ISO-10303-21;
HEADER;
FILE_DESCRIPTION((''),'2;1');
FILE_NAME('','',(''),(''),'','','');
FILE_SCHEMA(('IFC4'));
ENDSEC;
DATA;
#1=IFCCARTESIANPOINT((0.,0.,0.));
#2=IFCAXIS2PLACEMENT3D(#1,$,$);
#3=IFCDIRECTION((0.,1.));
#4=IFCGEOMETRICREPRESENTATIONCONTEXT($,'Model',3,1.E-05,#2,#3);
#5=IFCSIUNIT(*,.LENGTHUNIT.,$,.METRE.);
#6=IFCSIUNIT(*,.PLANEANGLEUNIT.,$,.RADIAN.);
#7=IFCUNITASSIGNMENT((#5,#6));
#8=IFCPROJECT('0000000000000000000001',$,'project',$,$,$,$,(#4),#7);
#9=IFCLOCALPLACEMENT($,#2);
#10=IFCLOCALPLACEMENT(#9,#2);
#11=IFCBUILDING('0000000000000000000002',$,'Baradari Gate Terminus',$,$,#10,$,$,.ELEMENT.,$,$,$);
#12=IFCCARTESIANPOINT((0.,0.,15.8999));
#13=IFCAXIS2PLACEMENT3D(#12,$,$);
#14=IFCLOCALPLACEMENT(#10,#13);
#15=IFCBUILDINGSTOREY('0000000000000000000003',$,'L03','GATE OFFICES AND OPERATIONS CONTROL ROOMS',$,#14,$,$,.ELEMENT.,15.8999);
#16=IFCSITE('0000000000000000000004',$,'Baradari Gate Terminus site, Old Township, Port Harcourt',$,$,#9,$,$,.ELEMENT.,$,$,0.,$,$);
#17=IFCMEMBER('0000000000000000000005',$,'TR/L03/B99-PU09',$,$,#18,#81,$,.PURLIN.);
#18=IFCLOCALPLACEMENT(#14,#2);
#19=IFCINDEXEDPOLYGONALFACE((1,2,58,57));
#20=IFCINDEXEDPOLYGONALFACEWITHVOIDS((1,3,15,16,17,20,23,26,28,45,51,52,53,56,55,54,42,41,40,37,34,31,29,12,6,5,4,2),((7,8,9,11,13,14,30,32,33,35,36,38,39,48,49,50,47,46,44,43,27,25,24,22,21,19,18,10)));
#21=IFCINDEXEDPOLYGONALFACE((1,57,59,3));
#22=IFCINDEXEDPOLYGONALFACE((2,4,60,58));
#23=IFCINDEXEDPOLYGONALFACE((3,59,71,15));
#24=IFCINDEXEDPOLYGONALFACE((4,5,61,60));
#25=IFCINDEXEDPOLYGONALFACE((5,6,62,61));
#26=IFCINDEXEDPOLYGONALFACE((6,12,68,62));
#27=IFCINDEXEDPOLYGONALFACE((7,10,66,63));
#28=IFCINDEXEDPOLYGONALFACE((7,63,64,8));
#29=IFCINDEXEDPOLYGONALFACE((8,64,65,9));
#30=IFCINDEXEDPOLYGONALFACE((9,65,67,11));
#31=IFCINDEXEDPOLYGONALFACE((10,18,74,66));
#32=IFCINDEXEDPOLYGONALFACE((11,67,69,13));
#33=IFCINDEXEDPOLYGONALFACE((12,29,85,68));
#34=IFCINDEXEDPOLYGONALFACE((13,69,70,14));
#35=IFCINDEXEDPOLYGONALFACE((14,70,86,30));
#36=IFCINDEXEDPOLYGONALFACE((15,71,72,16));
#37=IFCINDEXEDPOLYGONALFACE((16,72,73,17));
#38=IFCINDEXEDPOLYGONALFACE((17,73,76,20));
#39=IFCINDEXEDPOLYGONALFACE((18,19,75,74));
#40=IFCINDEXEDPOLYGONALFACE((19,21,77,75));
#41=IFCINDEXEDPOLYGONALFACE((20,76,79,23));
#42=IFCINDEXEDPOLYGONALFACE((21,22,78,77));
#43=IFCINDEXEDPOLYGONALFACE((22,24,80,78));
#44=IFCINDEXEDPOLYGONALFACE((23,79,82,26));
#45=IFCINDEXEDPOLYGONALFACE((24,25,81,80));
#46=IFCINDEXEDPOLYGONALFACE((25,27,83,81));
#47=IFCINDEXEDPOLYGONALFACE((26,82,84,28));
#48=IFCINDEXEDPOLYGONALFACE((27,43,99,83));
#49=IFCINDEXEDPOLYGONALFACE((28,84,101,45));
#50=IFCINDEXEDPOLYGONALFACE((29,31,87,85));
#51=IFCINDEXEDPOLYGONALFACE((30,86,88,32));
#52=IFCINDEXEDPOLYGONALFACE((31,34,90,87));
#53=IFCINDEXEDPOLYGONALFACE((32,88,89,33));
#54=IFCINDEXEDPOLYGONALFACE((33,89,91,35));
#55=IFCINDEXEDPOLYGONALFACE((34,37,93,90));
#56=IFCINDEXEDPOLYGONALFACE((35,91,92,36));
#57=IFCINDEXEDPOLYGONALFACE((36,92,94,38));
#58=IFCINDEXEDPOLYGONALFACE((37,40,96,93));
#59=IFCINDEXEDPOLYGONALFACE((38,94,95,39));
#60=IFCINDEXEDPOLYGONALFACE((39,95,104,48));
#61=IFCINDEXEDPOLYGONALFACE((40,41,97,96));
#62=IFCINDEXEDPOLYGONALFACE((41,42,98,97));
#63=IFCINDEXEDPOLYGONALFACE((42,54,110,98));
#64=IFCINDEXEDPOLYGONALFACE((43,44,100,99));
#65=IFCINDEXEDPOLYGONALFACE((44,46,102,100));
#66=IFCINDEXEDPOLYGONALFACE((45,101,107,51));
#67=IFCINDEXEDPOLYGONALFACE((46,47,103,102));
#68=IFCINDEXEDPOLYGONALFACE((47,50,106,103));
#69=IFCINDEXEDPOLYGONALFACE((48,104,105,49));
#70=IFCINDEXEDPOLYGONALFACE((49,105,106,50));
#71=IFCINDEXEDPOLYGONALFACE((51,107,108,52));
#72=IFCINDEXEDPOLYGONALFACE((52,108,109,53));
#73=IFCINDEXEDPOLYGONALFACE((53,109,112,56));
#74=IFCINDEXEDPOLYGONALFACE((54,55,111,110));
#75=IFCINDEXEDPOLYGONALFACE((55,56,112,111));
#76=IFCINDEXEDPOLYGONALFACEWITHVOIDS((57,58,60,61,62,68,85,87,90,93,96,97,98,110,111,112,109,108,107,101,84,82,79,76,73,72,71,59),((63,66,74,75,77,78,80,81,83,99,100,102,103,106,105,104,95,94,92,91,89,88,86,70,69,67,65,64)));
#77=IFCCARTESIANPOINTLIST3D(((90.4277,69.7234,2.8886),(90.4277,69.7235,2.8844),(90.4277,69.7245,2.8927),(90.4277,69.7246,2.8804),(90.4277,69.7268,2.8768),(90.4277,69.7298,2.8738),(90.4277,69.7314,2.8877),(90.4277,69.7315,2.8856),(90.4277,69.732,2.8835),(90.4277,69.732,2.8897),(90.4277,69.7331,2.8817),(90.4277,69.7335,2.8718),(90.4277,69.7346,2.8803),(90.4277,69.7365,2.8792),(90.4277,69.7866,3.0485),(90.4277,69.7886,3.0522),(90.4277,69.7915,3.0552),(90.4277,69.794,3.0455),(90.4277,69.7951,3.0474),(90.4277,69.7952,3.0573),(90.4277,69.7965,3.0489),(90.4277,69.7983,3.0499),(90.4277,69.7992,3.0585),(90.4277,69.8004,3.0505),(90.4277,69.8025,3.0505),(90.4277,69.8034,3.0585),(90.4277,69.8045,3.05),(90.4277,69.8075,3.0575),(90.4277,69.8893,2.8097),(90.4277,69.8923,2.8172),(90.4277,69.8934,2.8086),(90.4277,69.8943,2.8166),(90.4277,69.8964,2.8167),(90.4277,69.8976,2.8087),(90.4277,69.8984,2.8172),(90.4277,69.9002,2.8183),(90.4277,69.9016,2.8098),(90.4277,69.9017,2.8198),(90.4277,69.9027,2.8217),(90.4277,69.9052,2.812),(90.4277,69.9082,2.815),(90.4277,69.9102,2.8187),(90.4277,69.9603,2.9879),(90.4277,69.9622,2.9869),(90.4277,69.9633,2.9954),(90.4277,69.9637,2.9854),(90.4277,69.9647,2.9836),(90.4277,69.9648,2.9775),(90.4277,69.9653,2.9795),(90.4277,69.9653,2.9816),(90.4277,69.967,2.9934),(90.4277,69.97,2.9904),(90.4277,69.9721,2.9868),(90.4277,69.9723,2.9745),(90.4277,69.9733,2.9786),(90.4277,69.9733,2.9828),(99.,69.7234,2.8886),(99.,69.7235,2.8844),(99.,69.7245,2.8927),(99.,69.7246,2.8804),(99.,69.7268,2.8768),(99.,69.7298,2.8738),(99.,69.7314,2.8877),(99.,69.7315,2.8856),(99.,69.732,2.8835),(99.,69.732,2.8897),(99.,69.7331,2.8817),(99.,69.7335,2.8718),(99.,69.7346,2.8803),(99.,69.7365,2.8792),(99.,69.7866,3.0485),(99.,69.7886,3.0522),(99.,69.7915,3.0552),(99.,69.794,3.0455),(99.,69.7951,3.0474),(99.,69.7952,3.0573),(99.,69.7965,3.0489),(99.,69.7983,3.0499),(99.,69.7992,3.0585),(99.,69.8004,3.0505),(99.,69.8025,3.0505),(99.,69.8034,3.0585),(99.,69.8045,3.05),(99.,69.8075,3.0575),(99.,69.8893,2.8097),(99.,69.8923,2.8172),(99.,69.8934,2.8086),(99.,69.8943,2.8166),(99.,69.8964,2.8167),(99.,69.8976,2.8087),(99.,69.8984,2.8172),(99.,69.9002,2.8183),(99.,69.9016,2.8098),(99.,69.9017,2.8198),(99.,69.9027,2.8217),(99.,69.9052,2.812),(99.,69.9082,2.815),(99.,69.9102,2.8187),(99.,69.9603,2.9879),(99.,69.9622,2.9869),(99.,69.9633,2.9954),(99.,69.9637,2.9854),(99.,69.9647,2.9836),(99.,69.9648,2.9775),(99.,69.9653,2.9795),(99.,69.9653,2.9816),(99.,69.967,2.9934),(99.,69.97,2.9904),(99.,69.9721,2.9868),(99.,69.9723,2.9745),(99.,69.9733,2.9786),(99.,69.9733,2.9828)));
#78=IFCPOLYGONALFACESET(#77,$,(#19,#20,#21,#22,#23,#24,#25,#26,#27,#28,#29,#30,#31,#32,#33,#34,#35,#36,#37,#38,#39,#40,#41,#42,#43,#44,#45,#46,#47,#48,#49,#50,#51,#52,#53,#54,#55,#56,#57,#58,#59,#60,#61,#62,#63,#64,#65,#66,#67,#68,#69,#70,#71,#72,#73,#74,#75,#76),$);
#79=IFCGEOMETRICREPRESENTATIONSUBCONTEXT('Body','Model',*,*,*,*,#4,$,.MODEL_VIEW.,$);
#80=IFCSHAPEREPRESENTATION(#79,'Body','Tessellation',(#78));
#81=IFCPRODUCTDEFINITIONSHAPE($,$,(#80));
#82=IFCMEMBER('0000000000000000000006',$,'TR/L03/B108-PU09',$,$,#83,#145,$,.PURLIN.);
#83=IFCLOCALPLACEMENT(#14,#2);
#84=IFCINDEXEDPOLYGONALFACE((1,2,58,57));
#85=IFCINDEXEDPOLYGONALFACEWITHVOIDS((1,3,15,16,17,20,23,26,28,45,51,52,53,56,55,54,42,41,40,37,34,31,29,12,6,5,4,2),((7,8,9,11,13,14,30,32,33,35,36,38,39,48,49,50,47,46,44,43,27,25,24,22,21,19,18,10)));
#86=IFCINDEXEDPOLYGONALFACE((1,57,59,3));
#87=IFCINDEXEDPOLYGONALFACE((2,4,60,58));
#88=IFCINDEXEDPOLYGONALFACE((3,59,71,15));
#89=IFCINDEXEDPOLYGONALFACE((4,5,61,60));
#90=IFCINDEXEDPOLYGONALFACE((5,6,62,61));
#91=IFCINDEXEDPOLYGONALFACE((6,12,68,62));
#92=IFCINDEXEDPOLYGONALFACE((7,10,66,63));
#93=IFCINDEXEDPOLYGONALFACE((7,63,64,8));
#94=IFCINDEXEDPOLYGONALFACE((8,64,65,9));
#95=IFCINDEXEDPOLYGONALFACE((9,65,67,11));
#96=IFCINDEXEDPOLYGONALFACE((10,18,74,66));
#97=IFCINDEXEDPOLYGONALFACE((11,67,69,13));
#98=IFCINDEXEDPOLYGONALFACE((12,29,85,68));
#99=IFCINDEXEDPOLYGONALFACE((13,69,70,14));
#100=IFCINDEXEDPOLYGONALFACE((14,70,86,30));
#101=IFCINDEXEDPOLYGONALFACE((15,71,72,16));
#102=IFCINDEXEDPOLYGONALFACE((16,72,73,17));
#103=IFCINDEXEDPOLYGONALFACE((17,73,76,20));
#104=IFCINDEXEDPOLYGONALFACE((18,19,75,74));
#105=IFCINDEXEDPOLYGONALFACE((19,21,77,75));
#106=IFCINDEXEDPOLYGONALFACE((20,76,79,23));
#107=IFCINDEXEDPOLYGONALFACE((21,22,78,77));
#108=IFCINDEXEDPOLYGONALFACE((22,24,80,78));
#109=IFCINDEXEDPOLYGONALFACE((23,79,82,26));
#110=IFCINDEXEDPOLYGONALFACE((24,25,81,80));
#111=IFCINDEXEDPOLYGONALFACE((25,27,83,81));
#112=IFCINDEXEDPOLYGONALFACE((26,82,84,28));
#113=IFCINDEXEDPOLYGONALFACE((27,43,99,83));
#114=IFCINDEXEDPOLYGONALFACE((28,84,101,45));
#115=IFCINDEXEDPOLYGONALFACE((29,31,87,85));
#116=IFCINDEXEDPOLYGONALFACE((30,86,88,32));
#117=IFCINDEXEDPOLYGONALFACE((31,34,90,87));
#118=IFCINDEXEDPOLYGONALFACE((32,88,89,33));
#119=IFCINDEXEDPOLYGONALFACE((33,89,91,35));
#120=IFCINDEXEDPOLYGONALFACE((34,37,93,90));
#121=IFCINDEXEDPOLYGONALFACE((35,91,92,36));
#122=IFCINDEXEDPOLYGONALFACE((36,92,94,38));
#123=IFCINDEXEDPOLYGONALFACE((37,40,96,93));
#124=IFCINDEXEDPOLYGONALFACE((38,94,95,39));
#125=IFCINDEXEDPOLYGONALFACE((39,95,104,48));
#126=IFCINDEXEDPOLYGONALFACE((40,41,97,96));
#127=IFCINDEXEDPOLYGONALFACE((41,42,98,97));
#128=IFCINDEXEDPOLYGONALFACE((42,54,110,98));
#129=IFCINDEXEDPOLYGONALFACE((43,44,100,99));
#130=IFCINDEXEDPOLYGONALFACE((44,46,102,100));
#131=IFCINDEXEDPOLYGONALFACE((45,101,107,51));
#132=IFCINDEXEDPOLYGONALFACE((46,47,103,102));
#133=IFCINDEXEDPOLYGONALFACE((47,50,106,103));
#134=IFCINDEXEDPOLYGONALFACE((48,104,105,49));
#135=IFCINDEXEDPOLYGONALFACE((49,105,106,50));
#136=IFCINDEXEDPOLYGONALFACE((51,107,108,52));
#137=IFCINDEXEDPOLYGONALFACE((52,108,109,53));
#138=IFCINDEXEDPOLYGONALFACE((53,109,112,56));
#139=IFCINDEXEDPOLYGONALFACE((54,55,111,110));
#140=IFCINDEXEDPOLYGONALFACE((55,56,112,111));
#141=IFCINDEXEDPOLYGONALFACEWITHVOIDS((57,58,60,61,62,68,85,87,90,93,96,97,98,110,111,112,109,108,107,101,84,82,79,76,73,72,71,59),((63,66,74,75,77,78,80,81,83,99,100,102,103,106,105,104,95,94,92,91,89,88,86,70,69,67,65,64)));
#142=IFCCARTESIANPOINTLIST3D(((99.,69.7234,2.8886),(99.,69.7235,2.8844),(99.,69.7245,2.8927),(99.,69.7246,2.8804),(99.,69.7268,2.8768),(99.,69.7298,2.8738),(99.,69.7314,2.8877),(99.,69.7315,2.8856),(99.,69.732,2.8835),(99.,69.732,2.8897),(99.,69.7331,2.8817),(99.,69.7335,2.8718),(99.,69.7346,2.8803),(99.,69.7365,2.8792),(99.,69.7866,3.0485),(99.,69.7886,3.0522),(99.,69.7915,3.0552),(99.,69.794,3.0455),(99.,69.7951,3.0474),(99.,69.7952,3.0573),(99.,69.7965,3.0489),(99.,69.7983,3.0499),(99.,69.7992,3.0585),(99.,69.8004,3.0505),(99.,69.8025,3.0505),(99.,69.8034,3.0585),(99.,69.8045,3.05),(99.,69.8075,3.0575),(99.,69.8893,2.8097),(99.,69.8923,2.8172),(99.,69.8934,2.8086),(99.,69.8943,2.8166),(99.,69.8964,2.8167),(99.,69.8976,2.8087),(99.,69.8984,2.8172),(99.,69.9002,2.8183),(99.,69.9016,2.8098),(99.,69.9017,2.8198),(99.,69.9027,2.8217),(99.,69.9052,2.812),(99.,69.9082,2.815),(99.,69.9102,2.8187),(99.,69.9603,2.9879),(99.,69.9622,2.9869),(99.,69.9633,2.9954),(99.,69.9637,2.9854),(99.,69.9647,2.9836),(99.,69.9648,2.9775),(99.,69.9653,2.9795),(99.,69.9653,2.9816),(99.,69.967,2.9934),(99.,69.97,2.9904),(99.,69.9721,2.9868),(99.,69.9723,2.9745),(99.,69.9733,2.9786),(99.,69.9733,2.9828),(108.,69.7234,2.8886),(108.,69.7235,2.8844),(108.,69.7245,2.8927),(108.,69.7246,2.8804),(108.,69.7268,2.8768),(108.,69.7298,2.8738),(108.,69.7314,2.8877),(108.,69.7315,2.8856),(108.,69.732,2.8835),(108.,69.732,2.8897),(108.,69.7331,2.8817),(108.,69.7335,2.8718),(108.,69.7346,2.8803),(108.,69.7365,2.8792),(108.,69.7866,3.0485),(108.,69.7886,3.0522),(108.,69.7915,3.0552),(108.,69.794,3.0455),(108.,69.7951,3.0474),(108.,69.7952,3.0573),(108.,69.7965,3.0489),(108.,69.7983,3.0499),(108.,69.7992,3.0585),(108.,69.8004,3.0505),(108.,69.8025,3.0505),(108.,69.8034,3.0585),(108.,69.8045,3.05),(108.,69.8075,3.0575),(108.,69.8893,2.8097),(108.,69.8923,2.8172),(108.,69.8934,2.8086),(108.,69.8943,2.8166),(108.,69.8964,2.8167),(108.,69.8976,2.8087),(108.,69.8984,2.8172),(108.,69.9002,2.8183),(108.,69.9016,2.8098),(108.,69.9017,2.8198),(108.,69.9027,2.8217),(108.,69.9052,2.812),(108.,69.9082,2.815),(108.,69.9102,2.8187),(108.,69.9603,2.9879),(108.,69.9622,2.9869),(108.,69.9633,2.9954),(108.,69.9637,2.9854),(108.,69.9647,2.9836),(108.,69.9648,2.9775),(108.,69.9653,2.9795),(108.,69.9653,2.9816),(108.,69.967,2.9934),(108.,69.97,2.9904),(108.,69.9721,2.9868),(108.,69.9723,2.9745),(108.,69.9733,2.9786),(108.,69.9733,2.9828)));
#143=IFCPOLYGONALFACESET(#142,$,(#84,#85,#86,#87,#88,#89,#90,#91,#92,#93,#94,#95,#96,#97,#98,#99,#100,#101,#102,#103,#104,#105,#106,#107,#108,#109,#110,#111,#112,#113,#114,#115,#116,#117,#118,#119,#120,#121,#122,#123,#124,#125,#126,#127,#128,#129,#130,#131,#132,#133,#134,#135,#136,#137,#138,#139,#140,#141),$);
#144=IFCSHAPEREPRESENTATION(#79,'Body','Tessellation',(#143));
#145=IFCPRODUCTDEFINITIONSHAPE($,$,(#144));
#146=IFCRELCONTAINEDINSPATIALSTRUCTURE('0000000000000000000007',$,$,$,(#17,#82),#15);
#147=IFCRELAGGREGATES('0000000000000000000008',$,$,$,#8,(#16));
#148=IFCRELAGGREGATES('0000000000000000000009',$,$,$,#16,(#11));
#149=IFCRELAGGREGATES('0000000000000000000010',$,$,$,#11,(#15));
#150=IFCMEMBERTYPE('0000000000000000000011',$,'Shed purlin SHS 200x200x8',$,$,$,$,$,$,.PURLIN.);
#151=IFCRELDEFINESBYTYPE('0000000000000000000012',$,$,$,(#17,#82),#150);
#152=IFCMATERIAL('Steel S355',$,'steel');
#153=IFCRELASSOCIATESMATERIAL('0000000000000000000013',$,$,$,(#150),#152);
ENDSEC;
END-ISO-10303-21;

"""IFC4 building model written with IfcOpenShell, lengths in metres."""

from ifc_helpers import new_model, si_unit, direction, frame, origin, origin_2d, place, context, subcontext, project, spatial, hollow_rectangle, extrude, material, material_profile, profile_set, type_object, element, save


model = new_model("IFC4")

# Units and contexts
model_context = context("Model", 3, precision=1e-05, world=origin(), true_north=direction((0.0, 1.0)))
body_context = subcontext(model_context, "Body", "Model", "MODEL_VIEW")
ifc_project = project(units=[si_unit("LENGTHUNIT", "METRE"), si_unit("PLANEANGLEUNIT", "RADIAN")], contexts=[model_context])

# Site, building, storey
site_placement = place(None, origin())
site = spatial("IfcSite", under=ifc_project, at=site_placement, Name="Baradari Gate Terminus site, Old Township, Port Harcourt", CompositionType="ELEMENT", RefElevation=0.0)
building_placement = place(site_placement, origin())
building = spatial("IfcBuilding", under=site, at=building_placement, Name="Baradari Gate Terminus", CompositionType="ELEMENT")
storey_placement = place(building_placement, frame((0.0, 0.0, 15.8999)))
storey = spatial("IfcBuildingStorey", under=building, at=storey_placement, Name="L03", Description="GATE OFFICES AND OPERATIONS CONTROL ROOMS", CompositionType="ELEMENT", Elevation=15.8999)

# Members
ifc_material_1 = material(Name="Steel S355", Category="steel")
ifc_material_profile_1 = material_profile(ifc_material_1, hollow_rectangle(XDim=0.2, YDim=0.2, WallThickness=0.0081, InnerFilletRadius=0.0081, OuterFilletRadius=0.0161, at=origin_2d()), Name="SHS 200x200x8")
ifc_profile_set_1 = profile_set([ifc_material_profile_1], Name="Steel S355")
member_type_1 = type_object("IfcMemberType", Name="Shed purlin SHS 200x200x8", PredefinedType="PURLIN", material=ifc_profile_set_1)
member_1_placement = place(storey_placement, frame((90.4277, 69.8484, 2.9336), z_axis=(1.0, 0.0, 0.0), x_axis=(0.0, 0.928965, -0.370167)))
element("IfcMember", 1, at=member_1_placement, inside=storey, type_object=member_type_1, Name="TR/L03/B99-PU09", PredefinedType="PURLIN", context=body_context, shape_type="SweptSolid", body=[
    extrude(hollow_rectangle(XDim=0.2, YDim=0.2, WallThickness=0.0081, InnerFilletRadius=0.0081, OuterFilletRadius=0.0161, at=origin_2d()), origin(), (0.0, 0.0, 1.0), 8.5723),
])
for number, where, z_axis, x_axis, name in (
    (2, (99.0, 69.8484, 2.9336), (1.0, 0.0, 0.0), (0.0, 0.928965, -0.370167), "TR/L03/B108-PU09"),
):
    element("IfcMember", number, at=place(storey_placement, frame(where, z_axis=z_axis, x_axis=x_axis)), inside=storey, type_object=member_type_1, Name=name, PredefinedType="PURLIN", context=body_context, shape_type="SweptSolid", body=[
        extrude(hollow_rectangle(XDim=0.2, YDim=0.2, WallThickness=0.0081, InnerFilletRadius=0.0081, OuterFilletRadius=0.0161, at=origin_2d()), origin(), (0.0, 0.0, 1.0), 9.0),
    ])

save(model, "model.ifc")
